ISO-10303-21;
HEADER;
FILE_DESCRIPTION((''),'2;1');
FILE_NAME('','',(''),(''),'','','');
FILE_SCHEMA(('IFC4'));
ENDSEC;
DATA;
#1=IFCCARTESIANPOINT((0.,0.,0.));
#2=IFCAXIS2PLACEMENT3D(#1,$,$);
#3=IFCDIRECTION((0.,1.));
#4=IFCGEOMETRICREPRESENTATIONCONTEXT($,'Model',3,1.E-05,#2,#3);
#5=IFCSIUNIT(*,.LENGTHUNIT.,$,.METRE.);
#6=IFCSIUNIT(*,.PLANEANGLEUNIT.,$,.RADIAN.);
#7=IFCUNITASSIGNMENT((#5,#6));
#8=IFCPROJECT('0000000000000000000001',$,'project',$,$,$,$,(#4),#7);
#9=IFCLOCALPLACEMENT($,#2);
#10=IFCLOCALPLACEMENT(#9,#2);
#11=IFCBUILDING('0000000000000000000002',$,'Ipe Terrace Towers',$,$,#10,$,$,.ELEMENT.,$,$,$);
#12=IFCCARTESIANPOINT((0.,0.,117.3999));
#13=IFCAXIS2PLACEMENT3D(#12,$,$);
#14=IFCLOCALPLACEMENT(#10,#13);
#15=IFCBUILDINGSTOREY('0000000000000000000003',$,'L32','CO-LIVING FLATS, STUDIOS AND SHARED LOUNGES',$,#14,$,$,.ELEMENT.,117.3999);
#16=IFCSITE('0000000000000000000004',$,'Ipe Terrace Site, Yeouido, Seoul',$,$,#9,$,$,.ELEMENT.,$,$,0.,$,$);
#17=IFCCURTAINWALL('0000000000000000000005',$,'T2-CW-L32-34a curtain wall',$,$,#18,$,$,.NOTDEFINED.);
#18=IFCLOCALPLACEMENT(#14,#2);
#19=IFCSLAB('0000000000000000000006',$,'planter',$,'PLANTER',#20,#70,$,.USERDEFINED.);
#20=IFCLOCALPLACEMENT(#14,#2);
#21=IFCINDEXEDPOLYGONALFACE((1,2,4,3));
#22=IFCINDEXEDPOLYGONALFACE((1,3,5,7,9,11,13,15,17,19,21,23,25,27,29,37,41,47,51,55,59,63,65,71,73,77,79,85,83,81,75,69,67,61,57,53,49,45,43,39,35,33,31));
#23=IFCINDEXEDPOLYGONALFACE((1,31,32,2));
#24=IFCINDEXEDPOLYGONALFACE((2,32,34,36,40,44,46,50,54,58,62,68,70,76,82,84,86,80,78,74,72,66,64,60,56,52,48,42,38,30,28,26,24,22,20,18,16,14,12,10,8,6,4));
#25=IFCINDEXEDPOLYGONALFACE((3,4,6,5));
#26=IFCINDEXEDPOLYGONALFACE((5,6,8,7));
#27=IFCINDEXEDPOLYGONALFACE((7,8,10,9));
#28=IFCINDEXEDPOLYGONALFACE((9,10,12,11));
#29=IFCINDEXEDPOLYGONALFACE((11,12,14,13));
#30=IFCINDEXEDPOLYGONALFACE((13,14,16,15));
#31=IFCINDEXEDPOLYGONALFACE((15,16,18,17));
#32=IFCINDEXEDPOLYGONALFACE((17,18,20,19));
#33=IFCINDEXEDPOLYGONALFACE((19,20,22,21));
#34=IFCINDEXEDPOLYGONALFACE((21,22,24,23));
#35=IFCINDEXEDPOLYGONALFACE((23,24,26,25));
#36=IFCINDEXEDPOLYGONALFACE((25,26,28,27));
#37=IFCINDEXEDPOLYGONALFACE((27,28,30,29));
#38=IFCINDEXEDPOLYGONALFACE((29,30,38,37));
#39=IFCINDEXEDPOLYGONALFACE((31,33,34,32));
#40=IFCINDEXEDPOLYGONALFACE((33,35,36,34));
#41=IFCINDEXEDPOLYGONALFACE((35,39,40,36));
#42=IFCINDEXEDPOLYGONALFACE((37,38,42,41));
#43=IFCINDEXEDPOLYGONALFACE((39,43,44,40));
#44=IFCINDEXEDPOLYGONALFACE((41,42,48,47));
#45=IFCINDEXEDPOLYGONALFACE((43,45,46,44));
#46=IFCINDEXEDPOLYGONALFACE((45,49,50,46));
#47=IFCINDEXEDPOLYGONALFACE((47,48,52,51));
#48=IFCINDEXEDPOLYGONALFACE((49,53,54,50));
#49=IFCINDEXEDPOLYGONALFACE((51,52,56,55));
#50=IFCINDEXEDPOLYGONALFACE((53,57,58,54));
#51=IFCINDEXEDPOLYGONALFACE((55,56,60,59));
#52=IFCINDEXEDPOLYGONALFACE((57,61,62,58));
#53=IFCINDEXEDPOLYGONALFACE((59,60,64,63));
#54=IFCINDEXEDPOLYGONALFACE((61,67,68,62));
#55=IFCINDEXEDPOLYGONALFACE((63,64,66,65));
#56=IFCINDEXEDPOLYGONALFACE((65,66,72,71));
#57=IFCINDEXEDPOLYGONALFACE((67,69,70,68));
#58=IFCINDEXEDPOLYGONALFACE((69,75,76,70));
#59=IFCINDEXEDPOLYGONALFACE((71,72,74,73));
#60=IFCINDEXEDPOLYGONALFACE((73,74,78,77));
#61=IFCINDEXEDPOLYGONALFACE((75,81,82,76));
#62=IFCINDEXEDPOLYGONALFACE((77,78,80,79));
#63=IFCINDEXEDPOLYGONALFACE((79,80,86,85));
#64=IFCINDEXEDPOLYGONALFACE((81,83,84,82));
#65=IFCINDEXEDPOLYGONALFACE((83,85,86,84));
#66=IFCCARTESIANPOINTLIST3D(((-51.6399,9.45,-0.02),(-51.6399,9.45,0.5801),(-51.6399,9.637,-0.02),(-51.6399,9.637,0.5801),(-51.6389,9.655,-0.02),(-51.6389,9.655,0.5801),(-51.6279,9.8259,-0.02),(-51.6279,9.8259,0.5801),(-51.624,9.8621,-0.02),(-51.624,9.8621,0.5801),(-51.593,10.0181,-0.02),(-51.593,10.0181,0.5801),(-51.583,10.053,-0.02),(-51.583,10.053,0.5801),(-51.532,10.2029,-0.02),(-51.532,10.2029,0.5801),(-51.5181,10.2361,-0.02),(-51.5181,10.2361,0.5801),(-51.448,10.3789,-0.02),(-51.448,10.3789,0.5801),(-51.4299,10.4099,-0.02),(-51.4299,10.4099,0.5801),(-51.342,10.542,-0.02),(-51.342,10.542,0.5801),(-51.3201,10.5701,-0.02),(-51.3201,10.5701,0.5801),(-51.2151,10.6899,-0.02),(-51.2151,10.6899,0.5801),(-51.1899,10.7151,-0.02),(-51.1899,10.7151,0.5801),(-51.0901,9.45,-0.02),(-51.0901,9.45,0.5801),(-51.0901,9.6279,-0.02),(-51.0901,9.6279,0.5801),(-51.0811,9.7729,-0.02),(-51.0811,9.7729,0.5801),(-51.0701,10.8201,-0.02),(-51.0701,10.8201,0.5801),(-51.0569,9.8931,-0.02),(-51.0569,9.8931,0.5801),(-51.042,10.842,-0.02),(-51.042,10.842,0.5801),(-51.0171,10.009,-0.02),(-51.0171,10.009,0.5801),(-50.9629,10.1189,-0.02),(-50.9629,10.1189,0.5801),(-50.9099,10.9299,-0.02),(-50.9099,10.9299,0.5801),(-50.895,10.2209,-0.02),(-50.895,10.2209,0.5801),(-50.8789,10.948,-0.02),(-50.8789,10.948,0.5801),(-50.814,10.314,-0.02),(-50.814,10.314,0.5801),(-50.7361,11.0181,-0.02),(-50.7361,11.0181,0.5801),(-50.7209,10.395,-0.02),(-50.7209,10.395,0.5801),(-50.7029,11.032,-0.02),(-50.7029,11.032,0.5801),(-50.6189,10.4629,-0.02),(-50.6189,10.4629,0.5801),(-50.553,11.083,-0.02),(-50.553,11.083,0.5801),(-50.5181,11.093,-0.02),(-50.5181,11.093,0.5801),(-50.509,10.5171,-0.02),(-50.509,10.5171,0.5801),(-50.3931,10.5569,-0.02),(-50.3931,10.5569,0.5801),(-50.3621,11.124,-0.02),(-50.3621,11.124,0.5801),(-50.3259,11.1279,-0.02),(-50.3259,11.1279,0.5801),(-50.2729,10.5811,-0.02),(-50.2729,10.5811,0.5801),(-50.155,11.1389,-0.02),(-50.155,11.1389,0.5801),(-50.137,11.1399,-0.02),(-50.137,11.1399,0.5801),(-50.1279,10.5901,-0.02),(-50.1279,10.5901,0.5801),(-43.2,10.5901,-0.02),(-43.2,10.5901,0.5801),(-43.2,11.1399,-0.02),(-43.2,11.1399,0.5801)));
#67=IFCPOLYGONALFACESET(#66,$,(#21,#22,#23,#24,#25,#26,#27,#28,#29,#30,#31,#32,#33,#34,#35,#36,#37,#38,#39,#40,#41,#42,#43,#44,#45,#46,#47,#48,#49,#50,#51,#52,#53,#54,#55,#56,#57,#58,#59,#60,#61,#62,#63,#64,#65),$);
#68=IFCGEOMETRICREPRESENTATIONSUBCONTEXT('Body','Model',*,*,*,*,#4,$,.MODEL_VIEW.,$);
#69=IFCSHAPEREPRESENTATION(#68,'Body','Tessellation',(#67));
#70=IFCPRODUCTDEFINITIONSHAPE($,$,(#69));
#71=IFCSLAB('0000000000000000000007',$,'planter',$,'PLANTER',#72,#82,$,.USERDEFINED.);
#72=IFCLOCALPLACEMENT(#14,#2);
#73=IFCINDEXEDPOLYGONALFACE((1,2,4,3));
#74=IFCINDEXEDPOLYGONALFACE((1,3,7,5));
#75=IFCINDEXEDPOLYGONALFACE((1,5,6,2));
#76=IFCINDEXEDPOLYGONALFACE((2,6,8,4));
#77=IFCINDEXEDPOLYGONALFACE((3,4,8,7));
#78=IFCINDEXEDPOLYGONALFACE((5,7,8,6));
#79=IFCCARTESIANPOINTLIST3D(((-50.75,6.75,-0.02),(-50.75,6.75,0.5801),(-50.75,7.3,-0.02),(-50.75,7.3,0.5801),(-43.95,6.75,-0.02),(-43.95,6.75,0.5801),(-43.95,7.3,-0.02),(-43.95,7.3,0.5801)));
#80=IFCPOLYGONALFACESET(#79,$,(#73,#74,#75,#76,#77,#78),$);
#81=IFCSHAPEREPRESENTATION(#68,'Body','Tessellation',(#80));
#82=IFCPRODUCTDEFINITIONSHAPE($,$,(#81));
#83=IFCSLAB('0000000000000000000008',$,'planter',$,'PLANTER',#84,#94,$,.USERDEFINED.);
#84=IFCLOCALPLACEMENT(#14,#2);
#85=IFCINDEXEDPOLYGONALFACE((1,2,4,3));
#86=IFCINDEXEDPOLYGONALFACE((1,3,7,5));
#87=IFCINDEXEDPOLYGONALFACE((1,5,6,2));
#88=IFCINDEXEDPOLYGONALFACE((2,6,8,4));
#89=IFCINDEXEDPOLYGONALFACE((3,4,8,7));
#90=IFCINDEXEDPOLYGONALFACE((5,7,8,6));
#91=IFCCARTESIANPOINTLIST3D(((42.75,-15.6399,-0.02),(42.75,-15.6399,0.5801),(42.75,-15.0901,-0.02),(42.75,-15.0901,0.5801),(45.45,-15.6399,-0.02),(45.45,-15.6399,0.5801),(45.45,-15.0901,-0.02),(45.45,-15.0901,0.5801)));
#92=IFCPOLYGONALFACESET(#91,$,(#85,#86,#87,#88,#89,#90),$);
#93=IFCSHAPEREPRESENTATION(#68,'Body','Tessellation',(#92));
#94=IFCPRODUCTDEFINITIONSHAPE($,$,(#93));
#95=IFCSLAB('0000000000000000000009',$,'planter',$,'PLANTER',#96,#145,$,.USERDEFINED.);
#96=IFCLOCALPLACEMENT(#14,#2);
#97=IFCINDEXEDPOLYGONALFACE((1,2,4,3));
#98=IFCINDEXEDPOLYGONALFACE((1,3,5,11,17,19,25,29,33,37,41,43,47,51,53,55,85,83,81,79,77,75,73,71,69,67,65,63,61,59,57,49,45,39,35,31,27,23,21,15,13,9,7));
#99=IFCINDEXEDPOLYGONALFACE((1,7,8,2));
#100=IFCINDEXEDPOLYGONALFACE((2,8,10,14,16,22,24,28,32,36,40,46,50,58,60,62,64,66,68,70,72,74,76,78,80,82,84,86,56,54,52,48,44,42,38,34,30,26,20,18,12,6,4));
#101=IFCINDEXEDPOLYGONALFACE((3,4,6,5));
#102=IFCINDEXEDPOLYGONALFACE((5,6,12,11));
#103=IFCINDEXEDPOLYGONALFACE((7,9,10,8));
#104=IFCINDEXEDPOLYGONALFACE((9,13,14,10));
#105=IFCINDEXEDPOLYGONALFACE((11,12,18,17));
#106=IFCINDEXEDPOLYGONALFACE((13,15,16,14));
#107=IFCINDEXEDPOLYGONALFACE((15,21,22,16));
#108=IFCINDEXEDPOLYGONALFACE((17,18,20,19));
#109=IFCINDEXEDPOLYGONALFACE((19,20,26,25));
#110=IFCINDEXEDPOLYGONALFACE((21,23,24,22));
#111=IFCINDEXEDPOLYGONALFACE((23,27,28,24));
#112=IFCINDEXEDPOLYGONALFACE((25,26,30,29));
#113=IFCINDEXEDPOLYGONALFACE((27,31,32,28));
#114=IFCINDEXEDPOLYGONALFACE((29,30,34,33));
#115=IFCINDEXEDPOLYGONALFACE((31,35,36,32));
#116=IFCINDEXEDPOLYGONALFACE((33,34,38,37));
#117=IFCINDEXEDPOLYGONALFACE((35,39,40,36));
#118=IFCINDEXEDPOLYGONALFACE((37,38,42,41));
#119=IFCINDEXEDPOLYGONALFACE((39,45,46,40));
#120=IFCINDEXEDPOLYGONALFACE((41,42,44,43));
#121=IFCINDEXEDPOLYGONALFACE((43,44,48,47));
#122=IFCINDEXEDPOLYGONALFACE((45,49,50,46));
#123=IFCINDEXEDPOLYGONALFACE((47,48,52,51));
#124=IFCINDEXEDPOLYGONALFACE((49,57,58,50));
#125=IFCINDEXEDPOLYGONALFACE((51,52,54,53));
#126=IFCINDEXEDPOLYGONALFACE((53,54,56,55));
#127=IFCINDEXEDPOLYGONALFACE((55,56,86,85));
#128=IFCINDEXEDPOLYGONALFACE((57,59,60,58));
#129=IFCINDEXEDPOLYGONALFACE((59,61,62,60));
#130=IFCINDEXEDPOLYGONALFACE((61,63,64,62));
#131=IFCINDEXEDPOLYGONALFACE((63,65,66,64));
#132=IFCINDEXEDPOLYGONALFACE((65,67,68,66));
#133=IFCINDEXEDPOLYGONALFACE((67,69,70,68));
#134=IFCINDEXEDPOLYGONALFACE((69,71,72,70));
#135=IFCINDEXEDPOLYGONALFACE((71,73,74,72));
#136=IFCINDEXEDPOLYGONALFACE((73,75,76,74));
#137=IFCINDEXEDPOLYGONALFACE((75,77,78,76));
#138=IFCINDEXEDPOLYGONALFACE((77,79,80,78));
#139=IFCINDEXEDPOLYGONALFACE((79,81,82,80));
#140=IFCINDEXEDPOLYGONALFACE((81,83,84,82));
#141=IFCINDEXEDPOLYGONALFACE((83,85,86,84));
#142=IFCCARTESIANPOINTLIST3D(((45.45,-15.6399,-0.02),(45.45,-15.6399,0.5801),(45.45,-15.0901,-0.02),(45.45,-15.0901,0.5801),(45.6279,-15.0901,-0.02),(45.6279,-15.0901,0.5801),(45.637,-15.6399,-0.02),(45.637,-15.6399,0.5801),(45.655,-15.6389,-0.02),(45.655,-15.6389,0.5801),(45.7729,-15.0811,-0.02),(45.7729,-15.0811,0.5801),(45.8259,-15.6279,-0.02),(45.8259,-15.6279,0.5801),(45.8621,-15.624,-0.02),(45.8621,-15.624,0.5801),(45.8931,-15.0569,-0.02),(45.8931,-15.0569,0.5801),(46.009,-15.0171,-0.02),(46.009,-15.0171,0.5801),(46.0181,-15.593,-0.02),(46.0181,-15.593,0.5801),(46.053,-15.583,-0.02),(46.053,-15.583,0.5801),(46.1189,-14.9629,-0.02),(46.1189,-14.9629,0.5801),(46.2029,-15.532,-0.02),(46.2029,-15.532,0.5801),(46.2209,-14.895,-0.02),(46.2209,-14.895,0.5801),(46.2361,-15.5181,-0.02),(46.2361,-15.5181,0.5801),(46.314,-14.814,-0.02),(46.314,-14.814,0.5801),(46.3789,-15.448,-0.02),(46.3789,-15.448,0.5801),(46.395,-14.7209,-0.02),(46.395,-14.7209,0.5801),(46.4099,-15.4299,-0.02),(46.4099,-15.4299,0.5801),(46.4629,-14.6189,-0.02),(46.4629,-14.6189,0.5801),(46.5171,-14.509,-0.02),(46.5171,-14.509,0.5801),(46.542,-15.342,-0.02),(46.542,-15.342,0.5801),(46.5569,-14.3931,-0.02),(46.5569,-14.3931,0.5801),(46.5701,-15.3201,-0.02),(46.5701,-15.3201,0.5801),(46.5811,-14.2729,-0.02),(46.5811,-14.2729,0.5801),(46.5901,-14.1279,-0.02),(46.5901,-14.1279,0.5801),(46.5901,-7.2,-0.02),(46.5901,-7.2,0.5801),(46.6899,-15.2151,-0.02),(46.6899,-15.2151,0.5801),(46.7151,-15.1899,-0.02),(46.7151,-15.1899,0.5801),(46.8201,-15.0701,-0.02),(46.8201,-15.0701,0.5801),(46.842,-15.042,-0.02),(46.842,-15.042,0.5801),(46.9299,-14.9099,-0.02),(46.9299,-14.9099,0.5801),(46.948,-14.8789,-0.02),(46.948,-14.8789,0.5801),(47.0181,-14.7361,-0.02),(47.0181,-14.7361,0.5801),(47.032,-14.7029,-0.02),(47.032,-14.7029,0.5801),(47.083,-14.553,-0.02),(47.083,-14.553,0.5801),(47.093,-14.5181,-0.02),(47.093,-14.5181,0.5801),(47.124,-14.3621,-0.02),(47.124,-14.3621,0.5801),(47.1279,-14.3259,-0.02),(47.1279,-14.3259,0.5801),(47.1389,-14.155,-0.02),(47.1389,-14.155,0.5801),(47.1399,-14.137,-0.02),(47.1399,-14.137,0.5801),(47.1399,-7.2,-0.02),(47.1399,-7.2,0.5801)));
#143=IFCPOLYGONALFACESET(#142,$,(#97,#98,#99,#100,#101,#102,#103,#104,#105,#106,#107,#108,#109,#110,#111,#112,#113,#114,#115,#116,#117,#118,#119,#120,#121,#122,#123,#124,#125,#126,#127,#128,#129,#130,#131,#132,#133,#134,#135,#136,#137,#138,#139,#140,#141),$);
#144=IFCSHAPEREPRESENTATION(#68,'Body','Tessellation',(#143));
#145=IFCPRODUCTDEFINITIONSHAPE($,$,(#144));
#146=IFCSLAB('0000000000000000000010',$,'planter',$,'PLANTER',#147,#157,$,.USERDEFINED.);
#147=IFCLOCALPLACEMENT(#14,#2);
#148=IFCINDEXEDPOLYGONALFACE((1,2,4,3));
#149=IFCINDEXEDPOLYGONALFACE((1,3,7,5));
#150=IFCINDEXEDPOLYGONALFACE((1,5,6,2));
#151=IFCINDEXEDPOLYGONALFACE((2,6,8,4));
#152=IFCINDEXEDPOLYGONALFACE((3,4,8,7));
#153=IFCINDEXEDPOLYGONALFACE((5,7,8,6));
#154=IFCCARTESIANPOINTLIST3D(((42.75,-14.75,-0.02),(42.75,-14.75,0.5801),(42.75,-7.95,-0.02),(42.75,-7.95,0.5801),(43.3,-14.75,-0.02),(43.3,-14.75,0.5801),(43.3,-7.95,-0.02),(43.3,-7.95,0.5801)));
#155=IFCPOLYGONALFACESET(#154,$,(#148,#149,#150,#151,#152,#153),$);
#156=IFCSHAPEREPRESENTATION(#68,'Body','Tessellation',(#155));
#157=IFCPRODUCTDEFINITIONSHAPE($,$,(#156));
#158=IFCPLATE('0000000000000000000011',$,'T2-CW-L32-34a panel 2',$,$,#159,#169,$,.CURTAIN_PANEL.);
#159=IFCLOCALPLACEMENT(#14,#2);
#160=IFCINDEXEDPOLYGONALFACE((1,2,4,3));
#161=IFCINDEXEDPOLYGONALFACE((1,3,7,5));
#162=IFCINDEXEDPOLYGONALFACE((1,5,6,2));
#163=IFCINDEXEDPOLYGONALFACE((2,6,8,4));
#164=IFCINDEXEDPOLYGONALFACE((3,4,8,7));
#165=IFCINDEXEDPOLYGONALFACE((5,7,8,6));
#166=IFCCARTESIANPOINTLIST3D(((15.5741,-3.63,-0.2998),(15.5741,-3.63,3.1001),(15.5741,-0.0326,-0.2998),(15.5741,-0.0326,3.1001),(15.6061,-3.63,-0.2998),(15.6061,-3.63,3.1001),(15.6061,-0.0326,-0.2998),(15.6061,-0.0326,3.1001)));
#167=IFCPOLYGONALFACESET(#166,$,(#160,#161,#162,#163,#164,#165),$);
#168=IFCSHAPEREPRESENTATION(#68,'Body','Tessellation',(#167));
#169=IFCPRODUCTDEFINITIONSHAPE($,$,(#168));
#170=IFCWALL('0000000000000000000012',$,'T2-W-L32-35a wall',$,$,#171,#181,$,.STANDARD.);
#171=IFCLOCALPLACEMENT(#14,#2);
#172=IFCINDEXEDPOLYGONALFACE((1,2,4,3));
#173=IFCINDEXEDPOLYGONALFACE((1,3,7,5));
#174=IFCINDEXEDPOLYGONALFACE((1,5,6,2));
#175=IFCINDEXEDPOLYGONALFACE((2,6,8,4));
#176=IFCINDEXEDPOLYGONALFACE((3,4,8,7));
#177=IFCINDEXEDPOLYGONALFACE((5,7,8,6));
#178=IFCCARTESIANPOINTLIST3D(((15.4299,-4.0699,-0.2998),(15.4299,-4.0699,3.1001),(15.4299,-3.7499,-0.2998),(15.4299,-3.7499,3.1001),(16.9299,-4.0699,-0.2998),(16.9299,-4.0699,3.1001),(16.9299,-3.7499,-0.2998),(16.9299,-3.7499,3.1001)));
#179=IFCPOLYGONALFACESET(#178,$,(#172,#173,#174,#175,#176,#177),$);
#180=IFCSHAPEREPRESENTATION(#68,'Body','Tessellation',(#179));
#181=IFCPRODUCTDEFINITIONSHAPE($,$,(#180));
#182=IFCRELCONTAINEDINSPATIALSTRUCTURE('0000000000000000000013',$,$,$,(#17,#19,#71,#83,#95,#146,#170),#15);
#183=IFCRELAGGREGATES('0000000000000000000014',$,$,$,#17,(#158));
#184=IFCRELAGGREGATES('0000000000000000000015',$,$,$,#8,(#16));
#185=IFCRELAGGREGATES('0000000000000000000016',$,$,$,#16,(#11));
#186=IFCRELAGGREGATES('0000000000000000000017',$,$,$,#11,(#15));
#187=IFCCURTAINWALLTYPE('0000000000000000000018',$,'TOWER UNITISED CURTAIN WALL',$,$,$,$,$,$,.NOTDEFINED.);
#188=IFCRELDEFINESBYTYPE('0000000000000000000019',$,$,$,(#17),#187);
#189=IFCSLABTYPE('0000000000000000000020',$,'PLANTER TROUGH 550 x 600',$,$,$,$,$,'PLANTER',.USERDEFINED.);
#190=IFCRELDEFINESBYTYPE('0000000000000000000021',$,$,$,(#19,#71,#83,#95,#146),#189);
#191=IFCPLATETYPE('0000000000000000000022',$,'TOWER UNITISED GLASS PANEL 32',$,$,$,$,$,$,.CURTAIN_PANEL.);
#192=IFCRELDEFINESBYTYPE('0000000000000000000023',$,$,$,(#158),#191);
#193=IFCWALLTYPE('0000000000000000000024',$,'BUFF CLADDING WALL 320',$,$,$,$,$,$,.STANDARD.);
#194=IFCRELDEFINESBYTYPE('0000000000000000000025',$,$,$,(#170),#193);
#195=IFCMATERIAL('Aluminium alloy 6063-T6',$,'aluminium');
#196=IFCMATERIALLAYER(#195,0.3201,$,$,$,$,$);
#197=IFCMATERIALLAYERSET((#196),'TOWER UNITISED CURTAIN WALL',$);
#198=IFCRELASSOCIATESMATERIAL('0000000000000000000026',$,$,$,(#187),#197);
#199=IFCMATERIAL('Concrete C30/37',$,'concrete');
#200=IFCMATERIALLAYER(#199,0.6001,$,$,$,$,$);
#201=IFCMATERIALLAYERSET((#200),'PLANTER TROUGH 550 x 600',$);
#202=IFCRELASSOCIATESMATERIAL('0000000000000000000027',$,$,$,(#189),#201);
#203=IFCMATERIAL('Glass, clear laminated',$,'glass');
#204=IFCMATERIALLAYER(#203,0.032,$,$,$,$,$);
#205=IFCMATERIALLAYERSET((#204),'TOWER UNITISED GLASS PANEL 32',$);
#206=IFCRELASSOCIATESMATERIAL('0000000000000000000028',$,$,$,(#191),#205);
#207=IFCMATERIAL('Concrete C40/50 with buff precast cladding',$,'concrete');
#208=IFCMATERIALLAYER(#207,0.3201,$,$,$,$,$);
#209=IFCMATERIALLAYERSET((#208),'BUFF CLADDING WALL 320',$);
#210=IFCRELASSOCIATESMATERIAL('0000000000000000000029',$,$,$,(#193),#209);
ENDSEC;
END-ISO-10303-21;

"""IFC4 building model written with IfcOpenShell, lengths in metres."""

from ifc_helpers import new_model, si_unit, direction, frame, frame_2d, origin, origin_2d, place, context, subcontext, project, spatial, polyline, rectangle, outline, extrude, material, layer, layer_set, type_object, element, aggregate, save


model = new_model("IFC4")

# Units and contexts
model_context = context("Model", 3, precision=1e-05, world=origin(), true_north=direction((0.0, 1.0)))
body_context = subcontext(model_context, "Body", "Model", "MODEL_VIEW")
ifc_project = project(units=[si_unit("LENGTHUNIT", "METRE"), si_unit("PLANEANGLEUNIT", "RADIAN")], contexts=[model_context])

# Site, building, storey
site_placement = place(None, origin())
site = spatial("IfcSite", under=ifc_project, at=site_placement, Name="Ipe Terrace Site, Yeouido, Seoul", CompositionType="ELEMENT", RefElevation=0.0)
building_placement = place(site_placement, origin())
building = spatial("IfcBuilding", under=site, at=building_placement, Name="Ipe Terrace Towers", CompositionType="ELEMENT")
storey_placement = place(building_placement, frame((0.0, 0.0, 117.3999)))
storey = spatial("IfcBuildingStorey", under=building, at=storey_placement, Name="L32", Description="CO-LIVING FLATS, STUDIOS AND SHARED LOUNGES", CompositionType="ELEMENT", Elevation=117.3999)

# Curtain wall
ifc_material_1 = material(Name="Aluminium alloy 6063-T6", Category="aluminium")
ifc_layer_1 = layer(ifc_material_1, 0.3201)
ifc_layer_set_1 = layer_set([ifc_layer_1], Name="TOWER UNITISED CURTAIN WALL")
curtain_wall_type = type_object("IfcCurtainWallType", Name="TOWER UNITISED CURTAIN WALL", PredefinedType="NOTDEFINED", material=ifc_layer_set_1)
curtain_wall_placement = place(storey_placement, origin())
curtain_wall = element("IfcCurtainWall", 1, at=curtain_wall_placement, inside=storey, type_object=curtain_wall_type, Name="T2-CW-L32-34a curtain wall", PredefinedType="NOTDEFINED")

# Slabs
ifc_material_2 = material(Name="Concrete C30/37", Category="concrete")
ifc_layer_2 = layer(ifc_material_2, 0.6001)
ifc_layer_set_2 = layer_set([ifc_layer_2], Name="PLANTER TROUGH 550 x 600")
slab_type_1 = type_object("IfcSlabType", Name="PLANTER TROUGH 550 x 600", ElementType="PLANTER", PredefinedType="USERDEFINED", material=ifc_layer_set_2)
slab_1_placement = place(storey_placement, frame((0.0, 0.0, -0.02)))
element("IfcSlab", 2, at=slab_1_placement, inside=storey, type_object=slab_type_1, Name="planter", ObjectType="PLANTER", PredefinedType="USERDEFINED", context=body_context, shape_type="SweptSolid", body=[
    extrude(outline(polyline([(-51.0569, 9.8931), (-51.0171, 10.009), (-50.9629, 10.1189), (-50.895, 10.2209), (-50.814, 10.314), (-50.7209, 10.395), (-50.6189, 10.4629), (-50.509, 10.5171), (-50.3931, 10.5569), (-50.2729, 10.5811), (-50.1279, 10.5901), (-43.2, 10.5901), (-43.2, 11.1399), (-50.137, 11.1399), (-50.155, 11.1389), (-50.3259, 11.1279), (-50.3621, 11.124), (-50.5181, 11.093), (-50.553, 11.083), (-50.7029, 11.032), (-50.7361, 11.0181), (-50.8789, 10.948), (-50.9099, 10.9299), (-51.042, 10.842), (-51.0701, 10.8201), (-51.1899, 10.7151), (-51.2151, 10.6899), (-51.3201, 10.5701), (-51.342, 10.542), (-51.4299, 10.4099), (-51.448, 10.3789), (-51.5181, 10.2361), (-51.532, 10.2029), (-51.583, 10.053), (-51.593, 10.0181), (-51.624, 9.8621), (-51.6279, 9.8259), (-51.6389, 9.655), (-51.6399, 9.637), (-51.6399, 9.45), (-51.0901, 9.45), (-51.0901, 9.6279), (-51.0811, 9.7729), (-51.0569, 9.8931)])), origin(), (0.0, 0.0, 1.0), 0.6001),
])
slab_2_placement = place(storey_placement, frame((0.0, 0.0, -0.02)))
element("IfcSlab", 3, at=slab_2_placement, inside=storey, type_object=slab_type_1, Name="planter", ObjectType="PLANTER", PredefinedType="USERDEFINED", context=body_context, shape_type="SweptSolid", body=[
    extrude(outline(polyline([(-43.95, 6.75), (-43.95, 7.3), (-50.75, 7.3), (-50.75, 6.75), (-43.95, 6.75)])), origin(), (0.0, 0.0, 1.0), 0.6001),
])
slab_3_placement = place(storey_placement, frame((0.0, 0.0, -0.02)))
element("IfcSlab", 4, at=slab_3_placement, inside=storey, type_object=slab_type_1, Name="planter", ObjectType="PLANTER", PredefinedType="USERDEFINED", context=body_context, shape_type="SweptSolid", body=[
    extrude(outline(polyline([(42.75, -15.6399), (45.45, -15.6399), (45.45, -15.0901), (42.75, -15.0901), (42.75, -15.6399)])), origin(), (0.0, 0.0, 1.0), 0.6001),
])
slab_4_placement = place(storey_placement, frame((0.0, 0.0, -0.02)))
element("IfcSlab", 5, at=slab_4_placement, inside=storey, type_object=slab_type_1, Name="planter", ObjectType="PLANTER", PredefinedType="USERDEFINED", context=body_context, shape_type="SweptSolid", body=[
    extrude(outline(polyline([(45.8931, -15.0569), (45.7729, -15.0811), (45.6279, -15.0901), (45.45, -15.0901), (45.45, -15.6399), (45.637, -15.6399), (45.655, -15.6389), (45.8259, -15.6279), (45.8621, -15.624), (46.0181, -15.593), (46.053, -15.583), (46.2029, -15.532), (46.2361, -15.5181), (46.3789, -15.448), (46.4099, -15.4299), (46.542, -15.342), (46.5701, -15.3201), (46.6899, -15.2151), (46.7151, -15.1899), (46.8201, -15.0701), (46.842, -15.042), (46.9299, -14.9099), (46.948, -14.8789), (47.0181, -14.7361), (47.032, -14.7029), (47.083, -14.553), (47.093, -14.5181), (47.124, -14.3621), (47.1279, -14.3259), (47.1389, -14.155), (47.1399, -14.137), (47.1399, -7.2), (46.5901, -7.2), (46.5901, -14.1279), (46.5811, -14.2729), (46.5569, -14.3931), (46.5171, -14.509), (46.4629, -14.6189), (46.395, -14.7209), (46.314, -14.814), (46.2209, -14.895), (46.1189, -14.9629), (46.009, -15.0171), (45.8931, -15.0569)])), origin(), (0.0, 0.0, 1.0), 0.6001),
])
slab_5_placement = place(storey_placement, frame((0.0, 0.0, -0.02)))
element("IfcSlab", 6, at=slab_5_placement, inside=storey, type_object=slab_type_1, Name="planter", ObjectType="PLANTER", PredefinedType="USERDEFINED", context=body_context, shape_type="SweptSolid", body=[
    extrude(outline(polyline([(42.75, -7.95), (42.75, -14.75), (43.3, -14.75), (43.3, -7.95), (42.75, -7.95)])), origin(), (0.0, 0.0, 1.0), 0.6001),
])

# Plate
ifc_material_3 = material(Name="Glass, clear laminated", Category="glass")
ifc_layer_3 = layer(ifc_material_3, 0.032)
ifc_layer_set_3 = layer_set([ifc_layer_3], Name="TOWER UNITISED GLASS PANEL 32")
plate_type = type_object("IfcPlateType", Name="TOWER UNITISED GLASS PANEL 32", PredefinedType="CURTAIN_PANEL", material=ifc_layer_set_3)
plate_placement = place(storey_placement, frame((15.5901, -1.8313, -0.2998), z_axis=(0.0, 0.0, 1.0), x_axis=(0.0, -1.0, 0.0)))
plate = element("IfcPlate", 7, at=plate_placement, type_object=plate_type, Name="T2-CW-L32-34a panel 2", PredefinedType="CURTAIN_PANEL", context=body_context, shape_type="SweptSolid", body=[
    extrude(rectangle(XDim=3.5974, YDim=0.032, at=origin_2d()), origin(), (0.0, 0.0, 1.0), 3.3999),
])
aggregate(curtain_wall, [plate])

# Wall
ifc_material_4 = material(Name="Concrete C40/50 with buff precast cladding", Category="concrete")
ifc_layer_4 = layer(ifc_material_4, 0.3201)
ifc_layer_set_4 = layer_set([ifc_layer_4], Name="BUFF CLADDING WALL 320")
wall_type = type_object("IfcWallType", Name="BUFF CLADDING WALL 320", PredefinedType="STANDARD", material=ifc_layer_set_4)
wall_1_placement = place(storey_placement, frame((15.4299, -3.9099, -0.2998), z_axis=(0.0, 0.0, 1.0), x_axis=(1.0, 0.0, 0.0)))
element("IfcWall", 8, at=wall_1_placement, inside=storey, type_object=wall_type, Name="T2-W-L32-35a wall", PredefinedType="STANDARD", context=body_context, shape_type="SweptSolid", body=[
    extrude(rectangle(XDim=1.5, YDim=0.3201, at=frame_2d((0.75, 0.0))), origin(), (0.0, 0.0, 1.0), 3.3999),
])

save(model, "model.ifc")
